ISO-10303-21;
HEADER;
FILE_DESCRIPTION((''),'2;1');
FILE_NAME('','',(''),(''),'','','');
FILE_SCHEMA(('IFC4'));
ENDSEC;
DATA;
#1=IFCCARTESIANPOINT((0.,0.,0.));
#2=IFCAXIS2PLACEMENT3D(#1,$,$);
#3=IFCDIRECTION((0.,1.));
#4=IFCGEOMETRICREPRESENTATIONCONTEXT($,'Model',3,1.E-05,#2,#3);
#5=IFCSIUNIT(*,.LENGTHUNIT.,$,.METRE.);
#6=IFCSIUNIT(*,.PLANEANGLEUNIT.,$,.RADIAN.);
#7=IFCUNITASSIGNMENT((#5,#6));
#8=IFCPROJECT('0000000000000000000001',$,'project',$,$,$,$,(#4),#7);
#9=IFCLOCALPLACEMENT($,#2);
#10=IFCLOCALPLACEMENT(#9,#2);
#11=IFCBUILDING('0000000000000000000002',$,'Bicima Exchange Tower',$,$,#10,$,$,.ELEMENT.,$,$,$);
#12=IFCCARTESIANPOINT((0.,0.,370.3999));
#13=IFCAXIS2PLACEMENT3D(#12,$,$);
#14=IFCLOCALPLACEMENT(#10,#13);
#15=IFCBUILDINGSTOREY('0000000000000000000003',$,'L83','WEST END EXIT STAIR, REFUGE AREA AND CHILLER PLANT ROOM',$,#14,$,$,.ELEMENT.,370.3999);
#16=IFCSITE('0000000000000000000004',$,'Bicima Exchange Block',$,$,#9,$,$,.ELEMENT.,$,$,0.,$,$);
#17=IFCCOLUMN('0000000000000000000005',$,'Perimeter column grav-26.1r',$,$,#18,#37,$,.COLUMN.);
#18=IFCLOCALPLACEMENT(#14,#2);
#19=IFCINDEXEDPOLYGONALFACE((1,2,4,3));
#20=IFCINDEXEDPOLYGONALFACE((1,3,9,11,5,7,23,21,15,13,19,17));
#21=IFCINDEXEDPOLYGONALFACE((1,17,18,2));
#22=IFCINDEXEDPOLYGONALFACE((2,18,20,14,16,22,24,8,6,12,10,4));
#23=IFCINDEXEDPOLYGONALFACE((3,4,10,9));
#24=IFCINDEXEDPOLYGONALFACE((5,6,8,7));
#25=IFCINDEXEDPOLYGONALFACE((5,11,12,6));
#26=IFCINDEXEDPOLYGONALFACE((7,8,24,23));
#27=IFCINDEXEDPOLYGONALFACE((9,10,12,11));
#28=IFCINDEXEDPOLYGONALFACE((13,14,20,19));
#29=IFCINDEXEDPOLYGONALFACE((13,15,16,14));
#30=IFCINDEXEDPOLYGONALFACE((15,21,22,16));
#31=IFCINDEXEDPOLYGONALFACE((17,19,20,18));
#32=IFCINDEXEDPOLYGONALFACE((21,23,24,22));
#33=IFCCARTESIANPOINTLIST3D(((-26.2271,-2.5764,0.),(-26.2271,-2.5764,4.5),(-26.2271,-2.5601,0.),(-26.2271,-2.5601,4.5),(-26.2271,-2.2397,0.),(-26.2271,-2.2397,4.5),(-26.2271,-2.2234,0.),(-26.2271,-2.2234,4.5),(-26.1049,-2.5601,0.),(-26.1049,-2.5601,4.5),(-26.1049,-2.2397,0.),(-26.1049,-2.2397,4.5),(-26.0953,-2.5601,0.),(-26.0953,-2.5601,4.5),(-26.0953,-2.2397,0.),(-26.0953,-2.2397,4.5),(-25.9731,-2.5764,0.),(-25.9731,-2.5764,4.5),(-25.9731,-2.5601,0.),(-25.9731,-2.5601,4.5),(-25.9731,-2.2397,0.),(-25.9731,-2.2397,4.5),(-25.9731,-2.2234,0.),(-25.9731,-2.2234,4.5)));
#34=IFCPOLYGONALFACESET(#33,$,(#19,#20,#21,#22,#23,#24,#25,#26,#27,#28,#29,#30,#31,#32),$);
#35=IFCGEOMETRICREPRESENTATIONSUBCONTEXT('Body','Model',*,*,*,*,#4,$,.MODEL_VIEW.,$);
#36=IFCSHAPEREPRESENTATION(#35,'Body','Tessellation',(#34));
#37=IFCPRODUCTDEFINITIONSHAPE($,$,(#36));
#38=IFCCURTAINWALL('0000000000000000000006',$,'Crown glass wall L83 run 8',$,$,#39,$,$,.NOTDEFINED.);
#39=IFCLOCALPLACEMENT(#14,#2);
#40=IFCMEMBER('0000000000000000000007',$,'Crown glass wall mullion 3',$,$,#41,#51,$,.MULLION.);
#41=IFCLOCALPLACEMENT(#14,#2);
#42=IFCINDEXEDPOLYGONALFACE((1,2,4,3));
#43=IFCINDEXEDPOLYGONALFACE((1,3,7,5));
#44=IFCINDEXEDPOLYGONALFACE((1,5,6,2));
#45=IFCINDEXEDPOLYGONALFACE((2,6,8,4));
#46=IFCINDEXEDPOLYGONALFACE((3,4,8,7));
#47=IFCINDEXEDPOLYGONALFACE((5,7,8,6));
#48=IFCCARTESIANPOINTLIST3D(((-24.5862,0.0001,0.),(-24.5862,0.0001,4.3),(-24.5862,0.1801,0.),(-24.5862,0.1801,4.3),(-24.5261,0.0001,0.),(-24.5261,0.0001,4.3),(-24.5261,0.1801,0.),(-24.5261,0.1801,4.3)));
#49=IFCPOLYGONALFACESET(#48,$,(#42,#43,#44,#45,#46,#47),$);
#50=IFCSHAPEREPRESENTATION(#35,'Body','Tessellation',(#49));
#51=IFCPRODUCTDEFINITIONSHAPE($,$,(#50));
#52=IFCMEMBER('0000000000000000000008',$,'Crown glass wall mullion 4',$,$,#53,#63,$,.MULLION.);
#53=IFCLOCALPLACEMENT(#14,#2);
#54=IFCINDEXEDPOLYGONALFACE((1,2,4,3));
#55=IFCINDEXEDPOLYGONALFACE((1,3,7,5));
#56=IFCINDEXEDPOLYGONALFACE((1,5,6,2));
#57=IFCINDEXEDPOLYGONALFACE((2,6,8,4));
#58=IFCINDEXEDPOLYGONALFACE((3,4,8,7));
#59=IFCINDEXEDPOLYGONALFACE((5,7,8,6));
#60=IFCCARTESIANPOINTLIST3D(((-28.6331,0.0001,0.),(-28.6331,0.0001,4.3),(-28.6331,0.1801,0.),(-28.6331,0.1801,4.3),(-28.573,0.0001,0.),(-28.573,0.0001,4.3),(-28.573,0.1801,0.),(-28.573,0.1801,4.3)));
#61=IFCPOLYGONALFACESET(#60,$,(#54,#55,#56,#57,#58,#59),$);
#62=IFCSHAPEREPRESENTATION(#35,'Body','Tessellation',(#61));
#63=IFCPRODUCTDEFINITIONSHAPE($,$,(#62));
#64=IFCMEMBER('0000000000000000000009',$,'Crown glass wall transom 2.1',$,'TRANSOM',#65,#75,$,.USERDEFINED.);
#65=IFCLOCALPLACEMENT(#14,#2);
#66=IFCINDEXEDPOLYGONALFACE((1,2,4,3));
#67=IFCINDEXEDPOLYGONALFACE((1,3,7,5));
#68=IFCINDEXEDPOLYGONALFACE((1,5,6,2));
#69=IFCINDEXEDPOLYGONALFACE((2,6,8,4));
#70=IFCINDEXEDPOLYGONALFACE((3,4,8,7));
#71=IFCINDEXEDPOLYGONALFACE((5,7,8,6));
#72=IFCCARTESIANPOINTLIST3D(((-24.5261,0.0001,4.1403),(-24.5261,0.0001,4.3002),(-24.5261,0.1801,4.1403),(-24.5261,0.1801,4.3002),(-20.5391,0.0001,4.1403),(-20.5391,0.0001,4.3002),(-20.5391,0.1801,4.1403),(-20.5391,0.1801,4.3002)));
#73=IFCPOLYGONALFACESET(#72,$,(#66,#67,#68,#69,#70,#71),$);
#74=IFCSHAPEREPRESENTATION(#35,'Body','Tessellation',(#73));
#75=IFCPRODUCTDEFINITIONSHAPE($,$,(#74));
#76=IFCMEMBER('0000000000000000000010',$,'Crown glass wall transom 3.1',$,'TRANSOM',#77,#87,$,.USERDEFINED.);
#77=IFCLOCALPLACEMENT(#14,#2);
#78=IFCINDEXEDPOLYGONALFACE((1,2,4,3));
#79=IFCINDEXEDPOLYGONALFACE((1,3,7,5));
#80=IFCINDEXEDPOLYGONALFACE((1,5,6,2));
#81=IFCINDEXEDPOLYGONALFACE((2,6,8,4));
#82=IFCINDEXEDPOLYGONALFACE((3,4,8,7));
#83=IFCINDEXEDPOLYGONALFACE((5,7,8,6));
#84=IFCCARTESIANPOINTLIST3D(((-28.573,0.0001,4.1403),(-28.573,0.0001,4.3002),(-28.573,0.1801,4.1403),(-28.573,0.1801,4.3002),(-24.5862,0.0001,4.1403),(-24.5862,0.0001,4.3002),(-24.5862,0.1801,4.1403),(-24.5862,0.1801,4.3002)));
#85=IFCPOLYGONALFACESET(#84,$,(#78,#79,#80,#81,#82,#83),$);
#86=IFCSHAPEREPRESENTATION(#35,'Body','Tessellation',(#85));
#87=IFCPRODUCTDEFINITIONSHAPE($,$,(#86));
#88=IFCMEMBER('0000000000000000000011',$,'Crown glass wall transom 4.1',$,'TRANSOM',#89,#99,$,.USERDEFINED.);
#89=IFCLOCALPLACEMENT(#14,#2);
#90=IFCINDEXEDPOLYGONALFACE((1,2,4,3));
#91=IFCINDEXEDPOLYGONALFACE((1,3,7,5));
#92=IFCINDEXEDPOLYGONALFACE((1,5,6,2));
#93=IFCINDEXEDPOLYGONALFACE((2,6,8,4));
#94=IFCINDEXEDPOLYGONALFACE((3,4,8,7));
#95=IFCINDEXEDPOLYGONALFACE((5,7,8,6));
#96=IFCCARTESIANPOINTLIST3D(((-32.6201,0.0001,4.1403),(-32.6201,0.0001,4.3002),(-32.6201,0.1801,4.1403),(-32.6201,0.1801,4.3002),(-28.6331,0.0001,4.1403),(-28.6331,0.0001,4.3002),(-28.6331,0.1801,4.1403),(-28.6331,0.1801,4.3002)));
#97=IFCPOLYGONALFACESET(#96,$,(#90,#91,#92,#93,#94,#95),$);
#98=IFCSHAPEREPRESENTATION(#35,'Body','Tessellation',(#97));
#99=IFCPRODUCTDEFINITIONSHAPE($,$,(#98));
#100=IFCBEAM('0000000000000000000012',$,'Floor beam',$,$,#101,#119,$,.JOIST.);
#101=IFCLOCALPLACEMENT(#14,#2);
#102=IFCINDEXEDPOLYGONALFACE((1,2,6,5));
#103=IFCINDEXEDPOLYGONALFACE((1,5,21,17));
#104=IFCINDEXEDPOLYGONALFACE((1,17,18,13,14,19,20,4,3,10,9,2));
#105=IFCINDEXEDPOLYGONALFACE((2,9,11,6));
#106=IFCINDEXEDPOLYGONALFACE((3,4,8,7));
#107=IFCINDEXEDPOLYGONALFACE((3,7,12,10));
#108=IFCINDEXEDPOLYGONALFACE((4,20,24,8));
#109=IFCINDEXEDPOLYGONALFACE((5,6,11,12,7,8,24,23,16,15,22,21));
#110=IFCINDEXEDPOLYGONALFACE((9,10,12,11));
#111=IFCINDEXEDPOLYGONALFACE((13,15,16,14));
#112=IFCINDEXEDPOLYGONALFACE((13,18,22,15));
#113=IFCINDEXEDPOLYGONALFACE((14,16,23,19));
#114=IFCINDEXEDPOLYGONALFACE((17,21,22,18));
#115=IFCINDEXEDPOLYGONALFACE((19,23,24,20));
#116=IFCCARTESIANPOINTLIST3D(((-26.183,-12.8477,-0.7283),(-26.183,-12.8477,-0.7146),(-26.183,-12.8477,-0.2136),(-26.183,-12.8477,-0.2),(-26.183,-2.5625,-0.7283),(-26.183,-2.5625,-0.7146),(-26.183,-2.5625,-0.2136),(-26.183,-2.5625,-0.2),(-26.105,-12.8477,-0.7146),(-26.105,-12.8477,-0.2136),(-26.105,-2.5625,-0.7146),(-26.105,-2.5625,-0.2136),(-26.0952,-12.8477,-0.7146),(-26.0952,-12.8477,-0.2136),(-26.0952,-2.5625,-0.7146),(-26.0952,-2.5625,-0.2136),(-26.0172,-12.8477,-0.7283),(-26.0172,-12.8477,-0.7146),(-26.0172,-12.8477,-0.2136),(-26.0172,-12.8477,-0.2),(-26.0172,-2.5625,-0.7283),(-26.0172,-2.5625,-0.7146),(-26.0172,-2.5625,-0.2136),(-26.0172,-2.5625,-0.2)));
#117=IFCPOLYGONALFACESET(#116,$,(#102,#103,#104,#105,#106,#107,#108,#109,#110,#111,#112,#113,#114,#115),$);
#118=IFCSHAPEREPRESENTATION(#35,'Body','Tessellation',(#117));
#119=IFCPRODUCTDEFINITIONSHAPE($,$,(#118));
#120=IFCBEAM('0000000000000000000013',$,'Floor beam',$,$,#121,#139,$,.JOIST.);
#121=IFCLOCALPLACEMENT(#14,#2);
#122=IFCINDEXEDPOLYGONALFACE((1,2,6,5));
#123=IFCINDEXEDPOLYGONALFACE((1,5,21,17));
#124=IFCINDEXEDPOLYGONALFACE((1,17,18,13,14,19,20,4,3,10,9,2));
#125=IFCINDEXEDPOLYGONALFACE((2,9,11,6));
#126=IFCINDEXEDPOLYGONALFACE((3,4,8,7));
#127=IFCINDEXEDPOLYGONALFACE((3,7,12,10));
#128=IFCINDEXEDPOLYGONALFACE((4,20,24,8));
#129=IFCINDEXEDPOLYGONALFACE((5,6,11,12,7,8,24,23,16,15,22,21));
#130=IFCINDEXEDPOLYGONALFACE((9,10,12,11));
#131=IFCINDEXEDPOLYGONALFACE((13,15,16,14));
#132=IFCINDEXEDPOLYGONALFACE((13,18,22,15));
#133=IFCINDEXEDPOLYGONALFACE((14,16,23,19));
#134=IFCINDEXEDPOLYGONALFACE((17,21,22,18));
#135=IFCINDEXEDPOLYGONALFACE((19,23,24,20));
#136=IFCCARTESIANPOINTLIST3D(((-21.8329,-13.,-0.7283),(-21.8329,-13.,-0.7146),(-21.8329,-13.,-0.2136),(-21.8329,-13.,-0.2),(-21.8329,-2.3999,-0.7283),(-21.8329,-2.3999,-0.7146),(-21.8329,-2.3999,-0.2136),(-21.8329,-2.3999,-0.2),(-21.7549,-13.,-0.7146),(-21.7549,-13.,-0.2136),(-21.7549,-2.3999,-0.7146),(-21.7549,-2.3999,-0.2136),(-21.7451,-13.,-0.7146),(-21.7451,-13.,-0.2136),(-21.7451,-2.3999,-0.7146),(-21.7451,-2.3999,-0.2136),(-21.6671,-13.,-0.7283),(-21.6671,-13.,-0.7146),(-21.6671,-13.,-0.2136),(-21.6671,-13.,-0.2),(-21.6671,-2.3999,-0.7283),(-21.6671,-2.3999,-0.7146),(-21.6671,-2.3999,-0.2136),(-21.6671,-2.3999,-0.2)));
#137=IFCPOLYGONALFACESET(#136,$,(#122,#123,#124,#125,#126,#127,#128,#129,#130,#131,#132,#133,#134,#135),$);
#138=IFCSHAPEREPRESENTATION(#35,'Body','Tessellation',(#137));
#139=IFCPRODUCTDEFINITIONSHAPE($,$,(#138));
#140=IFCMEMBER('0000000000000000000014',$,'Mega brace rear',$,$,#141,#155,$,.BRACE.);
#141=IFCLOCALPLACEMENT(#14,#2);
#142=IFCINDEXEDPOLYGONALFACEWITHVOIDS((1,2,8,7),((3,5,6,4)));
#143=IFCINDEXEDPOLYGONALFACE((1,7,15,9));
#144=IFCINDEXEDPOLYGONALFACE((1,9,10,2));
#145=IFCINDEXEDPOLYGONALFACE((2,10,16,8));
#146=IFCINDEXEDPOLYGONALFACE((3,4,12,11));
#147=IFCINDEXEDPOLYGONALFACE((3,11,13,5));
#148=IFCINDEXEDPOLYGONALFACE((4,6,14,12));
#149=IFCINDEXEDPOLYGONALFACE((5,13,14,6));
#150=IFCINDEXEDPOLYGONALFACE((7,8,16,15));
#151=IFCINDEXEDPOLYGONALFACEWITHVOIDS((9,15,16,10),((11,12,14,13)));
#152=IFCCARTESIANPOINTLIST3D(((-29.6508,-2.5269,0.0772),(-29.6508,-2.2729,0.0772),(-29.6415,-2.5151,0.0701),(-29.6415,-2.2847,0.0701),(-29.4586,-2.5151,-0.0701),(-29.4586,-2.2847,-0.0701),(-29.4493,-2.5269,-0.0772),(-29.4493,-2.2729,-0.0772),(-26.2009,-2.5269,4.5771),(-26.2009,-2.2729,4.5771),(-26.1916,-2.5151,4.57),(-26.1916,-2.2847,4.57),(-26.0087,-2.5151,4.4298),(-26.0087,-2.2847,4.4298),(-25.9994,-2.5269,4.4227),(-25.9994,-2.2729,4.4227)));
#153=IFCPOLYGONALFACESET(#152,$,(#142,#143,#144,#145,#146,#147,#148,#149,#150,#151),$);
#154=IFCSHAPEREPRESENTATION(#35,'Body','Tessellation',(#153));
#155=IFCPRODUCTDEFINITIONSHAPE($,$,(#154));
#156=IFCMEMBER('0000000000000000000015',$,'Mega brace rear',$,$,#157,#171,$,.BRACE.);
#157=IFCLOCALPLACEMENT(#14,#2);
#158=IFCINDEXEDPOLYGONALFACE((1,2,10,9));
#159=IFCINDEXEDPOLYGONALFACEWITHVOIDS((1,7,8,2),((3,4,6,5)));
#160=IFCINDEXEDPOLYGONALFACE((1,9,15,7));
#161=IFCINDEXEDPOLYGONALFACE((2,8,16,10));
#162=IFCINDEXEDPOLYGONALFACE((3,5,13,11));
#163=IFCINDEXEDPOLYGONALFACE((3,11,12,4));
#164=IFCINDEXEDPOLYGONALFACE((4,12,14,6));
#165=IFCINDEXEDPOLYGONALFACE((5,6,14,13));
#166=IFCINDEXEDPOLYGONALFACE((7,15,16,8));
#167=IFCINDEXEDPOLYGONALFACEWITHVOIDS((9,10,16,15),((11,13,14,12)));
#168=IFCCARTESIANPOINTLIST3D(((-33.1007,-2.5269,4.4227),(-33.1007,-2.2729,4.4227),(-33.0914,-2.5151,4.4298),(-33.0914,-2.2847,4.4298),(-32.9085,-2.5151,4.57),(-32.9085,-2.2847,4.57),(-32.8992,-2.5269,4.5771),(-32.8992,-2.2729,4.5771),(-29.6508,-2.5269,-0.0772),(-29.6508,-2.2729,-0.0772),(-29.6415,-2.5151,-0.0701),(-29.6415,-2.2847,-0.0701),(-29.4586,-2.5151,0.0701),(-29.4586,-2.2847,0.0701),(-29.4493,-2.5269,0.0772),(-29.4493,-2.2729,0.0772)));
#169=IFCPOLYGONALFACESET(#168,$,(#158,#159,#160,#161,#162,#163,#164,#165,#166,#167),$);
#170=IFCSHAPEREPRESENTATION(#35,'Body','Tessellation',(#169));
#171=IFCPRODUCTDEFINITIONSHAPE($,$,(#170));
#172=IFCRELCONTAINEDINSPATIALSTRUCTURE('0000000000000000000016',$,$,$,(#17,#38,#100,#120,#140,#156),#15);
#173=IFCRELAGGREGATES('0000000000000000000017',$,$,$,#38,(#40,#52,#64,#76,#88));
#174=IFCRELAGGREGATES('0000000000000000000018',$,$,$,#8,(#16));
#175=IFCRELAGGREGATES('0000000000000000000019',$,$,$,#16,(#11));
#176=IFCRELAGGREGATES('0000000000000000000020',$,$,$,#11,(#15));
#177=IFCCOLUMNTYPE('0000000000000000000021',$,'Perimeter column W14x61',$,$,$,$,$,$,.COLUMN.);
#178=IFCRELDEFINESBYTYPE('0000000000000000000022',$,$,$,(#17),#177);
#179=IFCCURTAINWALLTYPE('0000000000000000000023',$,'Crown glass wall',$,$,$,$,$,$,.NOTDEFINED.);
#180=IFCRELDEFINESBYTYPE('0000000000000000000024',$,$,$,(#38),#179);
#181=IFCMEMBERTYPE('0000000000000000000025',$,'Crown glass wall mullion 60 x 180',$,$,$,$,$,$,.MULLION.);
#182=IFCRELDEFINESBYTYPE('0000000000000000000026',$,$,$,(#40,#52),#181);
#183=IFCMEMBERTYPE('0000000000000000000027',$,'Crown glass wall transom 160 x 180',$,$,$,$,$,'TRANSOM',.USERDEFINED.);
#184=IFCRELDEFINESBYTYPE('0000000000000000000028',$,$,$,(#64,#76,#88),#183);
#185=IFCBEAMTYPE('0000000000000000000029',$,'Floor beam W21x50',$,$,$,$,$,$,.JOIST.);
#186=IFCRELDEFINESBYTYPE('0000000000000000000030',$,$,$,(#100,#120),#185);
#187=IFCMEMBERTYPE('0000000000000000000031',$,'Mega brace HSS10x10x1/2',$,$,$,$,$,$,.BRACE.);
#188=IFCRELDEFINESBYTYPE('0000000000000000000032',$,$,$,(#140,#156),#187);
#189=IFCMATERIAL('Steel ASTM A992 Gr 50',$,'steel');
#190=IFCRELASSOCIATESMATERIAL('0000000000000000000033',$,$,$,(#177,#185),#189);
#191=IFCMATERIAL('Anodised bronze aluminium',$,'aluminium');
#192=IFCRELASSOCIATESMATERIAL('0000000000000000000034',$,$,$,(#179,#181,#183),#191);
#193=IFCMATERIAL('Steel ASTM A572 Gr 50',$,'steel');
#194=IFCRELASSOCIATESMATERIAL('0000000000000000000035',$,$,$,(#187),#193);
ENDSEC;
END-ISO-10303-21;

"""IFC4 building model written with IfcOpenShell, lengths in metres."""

from ifc_helpers import new_model, si_unit, direction, frame, origin, origin_2d, place, context, subcontext, project, spatial, rectangle, hollow_rectangle, i_section, extrude, material, material_profile, profile_set, type_object, element, aggregate, save


model = new_model("IFC4")

# Units and contexts
model_context = context("Model", 3, precision=1e-05, world=origin(), true_north=direction((0.0, 1.0)))
body_context = subcontext(model_context, "Body", "Model", "MODEL_VIEW")
ifc_project = project(units=[si_unit("LENGTHUNIT", "METRE"), si_unit("PLANEANGLEUNIT", "RADIAN")], contexts=[model_context])

# Site, building, storey
site_placement = place(None, origin())
site = spatial("IfcSite", under=ifc_project, at=site_placement, Name="Bicima Exchange Block", CompositionType="ELEMENT", RefElevation=0.0)
building_placement = place(site_placement, origin())
building = spatial("IfcBuilding", under=site, at=building_placement, Name="Bicima Exchange Tower", CompositionType="ELEMENT")
storey_placement = place(building_placement, frame((0.0, 0.0, 370.3999)))
storey = spatial("IfcBuildingStorey", under=building, at=storey_placement, Name="L83", Description="WEST END EXIT STAIR, REFUGE AREA AND CHILLER PLANT ROOM", CompositionType="ELEMENT", Elevation=370.3999)

# Column
ifc_material_1 = material(Name="Steel ASTM A992 Gr 50", Category="steel")
ifc_material_profile_1 = material_profile(ifc_material_1, i_section(OverallWidth=0.2539, OverallDepth=0.353, WebThickness=0.0095, FlangeThickness=0.0164, at=origin_2d()))
ifc_profile_set_1 = profile_set([ifc_material_profile_1], Name="Steel ASTM A992 Gr 50")
column_type = type_object("IfcColumnType", Name="Perimeter column W14x61", PredefinedType="COLUMN", material=ifc_profile_set_1)
column_placement = place(storey_placement, frame((-26.1001, -2.3999, 0.0), z_axis=(0.0, 0.0, 1.0), x_axis=(1.0, 0.0, 0.0)))
element("IfcColumn", 1, at=column_placement, inside=storey, type_object=column_type, Name="Perimeter column grav-26.1r", PredefinedType="COLUMN", context=body_context, shape_type="SweptSolid", body=[
    extrude(i_section(OverallWidth=0.2539, OverallDepth=0.353, WebThickness=0.0095, FlangeThickness=0.0164, at=origin_2d()), origin(), (0.0, 0.0, 1.0), 4.5),
])

# Curtain wall, members
ifc_material_2 = material(Name="Anodised bronze aluminium", Category="aluminium")
curtain_wall_type = type_object("IfcCurtainWallType", Name="Crown glass wall", PredefinedType="NOTDEFINED", material=ifc_material_2)
curtain_wall_placement = place(storey_placement, origin())
curtain_wall = element("IfcCurtainWall", 2, at=curtain_wall_placement, inside=storey, type_object=curtain_wall_type, Name="Crown glass wall L83 run 8", PredefinedType="NOTDEFINED")
ifc_material_profile_2 = material_profile(ifc_material_2, rectangle(XDim=0.1799, YDim=0.0601, at=origin_2d()))
ifc_profile_set_2 = profile_set([ifc_material_profile_2], Name="Anodised bronze aluminium")
member_type_1 = type_object("IfcMemberType", Name="Crown glass wall mullion 60 x 180", PredefinedType="MULLION", material=ifc_profile_set_2)
member_1_placement = place(storey_placement, frame((-24.5562, 0.0901, 0.0), z_axis=(0.0, 0.0, 1.0), x_axis=(0.0, -1.0, 0.0)))
member_1 = element("IfcMember", 3, at=member_1_placement, type_object=member_type_1, Name="Crown glass wall mullion 3", PredefinedType="MULLION", context=body_context, shape_type="SweptSolid", body=[
    extrude(rectangle(XDim=0.1799, YDim=0.0601, at=origin_2d()), origin(), (0.0, 0.0, 1.0), 4.3),
])
member_2_placement = place(storey_placement, frame((-28.603, 0.0901, 0.0), z_axis=(0.0, 0.0, 1.0), x_axis=(0.0, -1.0, 0.0)))
member_2 = element("IfcMember", 4, at=member_2_placement, type_object=member_type_1, Name="Crown glass wall mullion 4", PredefinedType="MULLION", context=body_context, shape_type="SweptSolid", body=[
    extrude(rectangle(XDim=0.1799, YDim=0.0601, at=origin_2d()), origin(), (0.0, 0.0, 1.0), 4.3),
])
ifc_material_profile_3 = material_profile(ifc_material_2, rectangle(XDim=0.1799, YDim=0.1599, at=origin_2d()))
ifc_profile_set_3 = profile_set([ifc_material_profile_3], Name="Anodised bronze aluminium")
member_type_2 = type_object("IfcMemberType", Name="Crown glass wall transom 160 x 180", ElementType="TRANSOM", PredefinedType="USERDEFINED", material=ifc_profile_set_3)
member_3_placement = place(storey_placement, frame((-20.5391, 0.0901, 4.2202), z_axis=(-1.0, 0.0, 0.0), x_axis=(0.0, -1.0, 0.0)))
member_3 = element("IfcMember", 5, at=member_3_placement, type_object=member_type_2, Name="Crown glass wall transom 2.1", ObjectType="TRANSOM", PredefinedType="USERDEFINED", context=body_context, shape_type="SweptSolid", body=[
    extrude(rectangle(XDim=0.1799, YDim=0.1599, at=origin_2d()), origin(), (0.0, 0.0, 1.0), 3.9871),
])
member_4_placement = place(storey_placement, frame((-24.5862, 0.0901, 4.2202), z_axis=(-1.0, 0.0, 0.0), x_axis=(0.0, -1.0, 0.0)))
member_4 = element("IfcMember", 6, at=member_4_placement, type_object=member_type_2, Name="Crown glass wall transom 3.1", ObjectType="TRANSOM", PredefinedType="USERDEFINED", context=body_context, shape_type="SweptSolid", body=[
    extrude(rectangle(XDim=0.1799, YDim=0.1599, at=origin_2d()), origin(), (0.0, 0.0, 1.0), 3.9868),
])
member_5_placement = place(storey_placement, frame((-28.6331, 0.0901, 4.2202), z_axis=(-1.0, 0.0, 0.0), x_axis=(0.0, -1.0, 0.0)))
member_5 = element("IfcMember", 7, at=member_5_placement, type_object=member_type_2, Name="Crown glass wall transom 4.1", ObjectType="TRANSOM", PredefinedType="USERDEFINED", context=body_context, shape_type="SweptSolid", body=[
    extrude(rectangle(XDim=0.1799, YDim=0.1599, at=origin_2d()), origin(), (0.0, 0.0, 1.0), 3.9871),
])

# Beams
ifc_material_profile_4 = material_profile(ifc_material_1, i_section(OverallWidth=0.1658, OverallDepth=0.5283, WebThickness=0.0098, FlangeThickness=0.0137, at=origin_2d()))
ifc_profile_set_4 = profile_set([ifc_material_profile_4], Name="Steel ASTM A992 Gr 50")
beam_type_1 = type_object("IfcBeamType", Name="Floor beam W21x50", PredefinedType="JOIST", material=ifc_profile_set_4)
beam_1_placement = place(storey_placement, frame((-26.1001, -2.5625, -0.4641), z_axis=(0.0, -1.0, 0.0), x_axis=(1.0, 0.0, 0.0)))
element("IfcBeam", 8, at=beam_1_placement, inside=storey, type_object=beam_type_1, Name="Floor beam", PredefinedType="JOIST", context=body_context, shape_type="SweptSolid", body=[
    extrude(i_section(OverallWidth=0.1658, OverallDepth=0.5283, WebThickness=0.0098, FlangeThickness=0.0137, at=origin_2d()), origin(), (0.0, 0.0, 1.0), 10.2852),
])
beam_2_placement = place(storey_placement, frame((-21.75, -2.3999, -0.4641), z_axis=(0.0, -1.0, 0.0), x_axis=(1.0, 0.0, 0.0)))
element("IfcBeam", 9, at=beam_2_placement, inside=storey, type_object=beam_type_1, Name="Floor beam", PredefinedType="JOIST", context=body_context, shape_type="SweptSolid", body=[
    extrude(i_section(OverallWidth=0.1658, OverallDepth=0.5283, WebThickness=0.0098, FlangeThickness=0.0137, at=origin_2d()), origin(), (0.0, 0.0, 1.0), 10.6001),
])

# Members
ifc_material_3 = material(Name="Steel ASTM A572 Gr 50", Category="steel")
ifc_material_profile_5 = material_profile(ifc_material_3, hollow_rectangle(XDim=0.2539, YDim=0.2539, WallThickness=0.0117, at=origin_2d()))
ifc_profile_set_5 = profile_set([ifc_material_profile_5], Name="Steel ASTM A572 Gr 50")
member_type_3 = type_object("IfcMemberType", Name="Mega brace HSS10x10x1/2", PredefinedType="BRACE", material=ifc_profile_set_5)
for number, where, z_axis, x_axis, name in (
    (10, (-29.55, -2.3999, 0.0), (0.608426, 0.0, 0.793611), (0.0, 1.0, 0.0), "Mega brace rear"),
    (11, (-29.55, -2.3999, 0.0), (-0.608426, 0.0, 0.793611), (0.0, -1.0, 0.0), "Mega brace rear"),
):
    element("IfcMember", number, at=place(storey_placement, frame(where, z_axis=z_axis, x_axis=x_axis)), inside=storey, type_object=member_type_3, Name=name, PredefinedType="BRACE", context=body_context, shape_type="SweptSolid", body=[
        extrude(hollow_rectangle(XDim=0.2539, YDim=0.2539, WallThickness=0.0117, at=origin_2d()), origin(), (0.0, 0.0, 1.0), 5.6702),
    ])

aggregate(curtain_wall, [member_1, member_2, member_3, member_4, member_5])

save(model, "model.ifc")
